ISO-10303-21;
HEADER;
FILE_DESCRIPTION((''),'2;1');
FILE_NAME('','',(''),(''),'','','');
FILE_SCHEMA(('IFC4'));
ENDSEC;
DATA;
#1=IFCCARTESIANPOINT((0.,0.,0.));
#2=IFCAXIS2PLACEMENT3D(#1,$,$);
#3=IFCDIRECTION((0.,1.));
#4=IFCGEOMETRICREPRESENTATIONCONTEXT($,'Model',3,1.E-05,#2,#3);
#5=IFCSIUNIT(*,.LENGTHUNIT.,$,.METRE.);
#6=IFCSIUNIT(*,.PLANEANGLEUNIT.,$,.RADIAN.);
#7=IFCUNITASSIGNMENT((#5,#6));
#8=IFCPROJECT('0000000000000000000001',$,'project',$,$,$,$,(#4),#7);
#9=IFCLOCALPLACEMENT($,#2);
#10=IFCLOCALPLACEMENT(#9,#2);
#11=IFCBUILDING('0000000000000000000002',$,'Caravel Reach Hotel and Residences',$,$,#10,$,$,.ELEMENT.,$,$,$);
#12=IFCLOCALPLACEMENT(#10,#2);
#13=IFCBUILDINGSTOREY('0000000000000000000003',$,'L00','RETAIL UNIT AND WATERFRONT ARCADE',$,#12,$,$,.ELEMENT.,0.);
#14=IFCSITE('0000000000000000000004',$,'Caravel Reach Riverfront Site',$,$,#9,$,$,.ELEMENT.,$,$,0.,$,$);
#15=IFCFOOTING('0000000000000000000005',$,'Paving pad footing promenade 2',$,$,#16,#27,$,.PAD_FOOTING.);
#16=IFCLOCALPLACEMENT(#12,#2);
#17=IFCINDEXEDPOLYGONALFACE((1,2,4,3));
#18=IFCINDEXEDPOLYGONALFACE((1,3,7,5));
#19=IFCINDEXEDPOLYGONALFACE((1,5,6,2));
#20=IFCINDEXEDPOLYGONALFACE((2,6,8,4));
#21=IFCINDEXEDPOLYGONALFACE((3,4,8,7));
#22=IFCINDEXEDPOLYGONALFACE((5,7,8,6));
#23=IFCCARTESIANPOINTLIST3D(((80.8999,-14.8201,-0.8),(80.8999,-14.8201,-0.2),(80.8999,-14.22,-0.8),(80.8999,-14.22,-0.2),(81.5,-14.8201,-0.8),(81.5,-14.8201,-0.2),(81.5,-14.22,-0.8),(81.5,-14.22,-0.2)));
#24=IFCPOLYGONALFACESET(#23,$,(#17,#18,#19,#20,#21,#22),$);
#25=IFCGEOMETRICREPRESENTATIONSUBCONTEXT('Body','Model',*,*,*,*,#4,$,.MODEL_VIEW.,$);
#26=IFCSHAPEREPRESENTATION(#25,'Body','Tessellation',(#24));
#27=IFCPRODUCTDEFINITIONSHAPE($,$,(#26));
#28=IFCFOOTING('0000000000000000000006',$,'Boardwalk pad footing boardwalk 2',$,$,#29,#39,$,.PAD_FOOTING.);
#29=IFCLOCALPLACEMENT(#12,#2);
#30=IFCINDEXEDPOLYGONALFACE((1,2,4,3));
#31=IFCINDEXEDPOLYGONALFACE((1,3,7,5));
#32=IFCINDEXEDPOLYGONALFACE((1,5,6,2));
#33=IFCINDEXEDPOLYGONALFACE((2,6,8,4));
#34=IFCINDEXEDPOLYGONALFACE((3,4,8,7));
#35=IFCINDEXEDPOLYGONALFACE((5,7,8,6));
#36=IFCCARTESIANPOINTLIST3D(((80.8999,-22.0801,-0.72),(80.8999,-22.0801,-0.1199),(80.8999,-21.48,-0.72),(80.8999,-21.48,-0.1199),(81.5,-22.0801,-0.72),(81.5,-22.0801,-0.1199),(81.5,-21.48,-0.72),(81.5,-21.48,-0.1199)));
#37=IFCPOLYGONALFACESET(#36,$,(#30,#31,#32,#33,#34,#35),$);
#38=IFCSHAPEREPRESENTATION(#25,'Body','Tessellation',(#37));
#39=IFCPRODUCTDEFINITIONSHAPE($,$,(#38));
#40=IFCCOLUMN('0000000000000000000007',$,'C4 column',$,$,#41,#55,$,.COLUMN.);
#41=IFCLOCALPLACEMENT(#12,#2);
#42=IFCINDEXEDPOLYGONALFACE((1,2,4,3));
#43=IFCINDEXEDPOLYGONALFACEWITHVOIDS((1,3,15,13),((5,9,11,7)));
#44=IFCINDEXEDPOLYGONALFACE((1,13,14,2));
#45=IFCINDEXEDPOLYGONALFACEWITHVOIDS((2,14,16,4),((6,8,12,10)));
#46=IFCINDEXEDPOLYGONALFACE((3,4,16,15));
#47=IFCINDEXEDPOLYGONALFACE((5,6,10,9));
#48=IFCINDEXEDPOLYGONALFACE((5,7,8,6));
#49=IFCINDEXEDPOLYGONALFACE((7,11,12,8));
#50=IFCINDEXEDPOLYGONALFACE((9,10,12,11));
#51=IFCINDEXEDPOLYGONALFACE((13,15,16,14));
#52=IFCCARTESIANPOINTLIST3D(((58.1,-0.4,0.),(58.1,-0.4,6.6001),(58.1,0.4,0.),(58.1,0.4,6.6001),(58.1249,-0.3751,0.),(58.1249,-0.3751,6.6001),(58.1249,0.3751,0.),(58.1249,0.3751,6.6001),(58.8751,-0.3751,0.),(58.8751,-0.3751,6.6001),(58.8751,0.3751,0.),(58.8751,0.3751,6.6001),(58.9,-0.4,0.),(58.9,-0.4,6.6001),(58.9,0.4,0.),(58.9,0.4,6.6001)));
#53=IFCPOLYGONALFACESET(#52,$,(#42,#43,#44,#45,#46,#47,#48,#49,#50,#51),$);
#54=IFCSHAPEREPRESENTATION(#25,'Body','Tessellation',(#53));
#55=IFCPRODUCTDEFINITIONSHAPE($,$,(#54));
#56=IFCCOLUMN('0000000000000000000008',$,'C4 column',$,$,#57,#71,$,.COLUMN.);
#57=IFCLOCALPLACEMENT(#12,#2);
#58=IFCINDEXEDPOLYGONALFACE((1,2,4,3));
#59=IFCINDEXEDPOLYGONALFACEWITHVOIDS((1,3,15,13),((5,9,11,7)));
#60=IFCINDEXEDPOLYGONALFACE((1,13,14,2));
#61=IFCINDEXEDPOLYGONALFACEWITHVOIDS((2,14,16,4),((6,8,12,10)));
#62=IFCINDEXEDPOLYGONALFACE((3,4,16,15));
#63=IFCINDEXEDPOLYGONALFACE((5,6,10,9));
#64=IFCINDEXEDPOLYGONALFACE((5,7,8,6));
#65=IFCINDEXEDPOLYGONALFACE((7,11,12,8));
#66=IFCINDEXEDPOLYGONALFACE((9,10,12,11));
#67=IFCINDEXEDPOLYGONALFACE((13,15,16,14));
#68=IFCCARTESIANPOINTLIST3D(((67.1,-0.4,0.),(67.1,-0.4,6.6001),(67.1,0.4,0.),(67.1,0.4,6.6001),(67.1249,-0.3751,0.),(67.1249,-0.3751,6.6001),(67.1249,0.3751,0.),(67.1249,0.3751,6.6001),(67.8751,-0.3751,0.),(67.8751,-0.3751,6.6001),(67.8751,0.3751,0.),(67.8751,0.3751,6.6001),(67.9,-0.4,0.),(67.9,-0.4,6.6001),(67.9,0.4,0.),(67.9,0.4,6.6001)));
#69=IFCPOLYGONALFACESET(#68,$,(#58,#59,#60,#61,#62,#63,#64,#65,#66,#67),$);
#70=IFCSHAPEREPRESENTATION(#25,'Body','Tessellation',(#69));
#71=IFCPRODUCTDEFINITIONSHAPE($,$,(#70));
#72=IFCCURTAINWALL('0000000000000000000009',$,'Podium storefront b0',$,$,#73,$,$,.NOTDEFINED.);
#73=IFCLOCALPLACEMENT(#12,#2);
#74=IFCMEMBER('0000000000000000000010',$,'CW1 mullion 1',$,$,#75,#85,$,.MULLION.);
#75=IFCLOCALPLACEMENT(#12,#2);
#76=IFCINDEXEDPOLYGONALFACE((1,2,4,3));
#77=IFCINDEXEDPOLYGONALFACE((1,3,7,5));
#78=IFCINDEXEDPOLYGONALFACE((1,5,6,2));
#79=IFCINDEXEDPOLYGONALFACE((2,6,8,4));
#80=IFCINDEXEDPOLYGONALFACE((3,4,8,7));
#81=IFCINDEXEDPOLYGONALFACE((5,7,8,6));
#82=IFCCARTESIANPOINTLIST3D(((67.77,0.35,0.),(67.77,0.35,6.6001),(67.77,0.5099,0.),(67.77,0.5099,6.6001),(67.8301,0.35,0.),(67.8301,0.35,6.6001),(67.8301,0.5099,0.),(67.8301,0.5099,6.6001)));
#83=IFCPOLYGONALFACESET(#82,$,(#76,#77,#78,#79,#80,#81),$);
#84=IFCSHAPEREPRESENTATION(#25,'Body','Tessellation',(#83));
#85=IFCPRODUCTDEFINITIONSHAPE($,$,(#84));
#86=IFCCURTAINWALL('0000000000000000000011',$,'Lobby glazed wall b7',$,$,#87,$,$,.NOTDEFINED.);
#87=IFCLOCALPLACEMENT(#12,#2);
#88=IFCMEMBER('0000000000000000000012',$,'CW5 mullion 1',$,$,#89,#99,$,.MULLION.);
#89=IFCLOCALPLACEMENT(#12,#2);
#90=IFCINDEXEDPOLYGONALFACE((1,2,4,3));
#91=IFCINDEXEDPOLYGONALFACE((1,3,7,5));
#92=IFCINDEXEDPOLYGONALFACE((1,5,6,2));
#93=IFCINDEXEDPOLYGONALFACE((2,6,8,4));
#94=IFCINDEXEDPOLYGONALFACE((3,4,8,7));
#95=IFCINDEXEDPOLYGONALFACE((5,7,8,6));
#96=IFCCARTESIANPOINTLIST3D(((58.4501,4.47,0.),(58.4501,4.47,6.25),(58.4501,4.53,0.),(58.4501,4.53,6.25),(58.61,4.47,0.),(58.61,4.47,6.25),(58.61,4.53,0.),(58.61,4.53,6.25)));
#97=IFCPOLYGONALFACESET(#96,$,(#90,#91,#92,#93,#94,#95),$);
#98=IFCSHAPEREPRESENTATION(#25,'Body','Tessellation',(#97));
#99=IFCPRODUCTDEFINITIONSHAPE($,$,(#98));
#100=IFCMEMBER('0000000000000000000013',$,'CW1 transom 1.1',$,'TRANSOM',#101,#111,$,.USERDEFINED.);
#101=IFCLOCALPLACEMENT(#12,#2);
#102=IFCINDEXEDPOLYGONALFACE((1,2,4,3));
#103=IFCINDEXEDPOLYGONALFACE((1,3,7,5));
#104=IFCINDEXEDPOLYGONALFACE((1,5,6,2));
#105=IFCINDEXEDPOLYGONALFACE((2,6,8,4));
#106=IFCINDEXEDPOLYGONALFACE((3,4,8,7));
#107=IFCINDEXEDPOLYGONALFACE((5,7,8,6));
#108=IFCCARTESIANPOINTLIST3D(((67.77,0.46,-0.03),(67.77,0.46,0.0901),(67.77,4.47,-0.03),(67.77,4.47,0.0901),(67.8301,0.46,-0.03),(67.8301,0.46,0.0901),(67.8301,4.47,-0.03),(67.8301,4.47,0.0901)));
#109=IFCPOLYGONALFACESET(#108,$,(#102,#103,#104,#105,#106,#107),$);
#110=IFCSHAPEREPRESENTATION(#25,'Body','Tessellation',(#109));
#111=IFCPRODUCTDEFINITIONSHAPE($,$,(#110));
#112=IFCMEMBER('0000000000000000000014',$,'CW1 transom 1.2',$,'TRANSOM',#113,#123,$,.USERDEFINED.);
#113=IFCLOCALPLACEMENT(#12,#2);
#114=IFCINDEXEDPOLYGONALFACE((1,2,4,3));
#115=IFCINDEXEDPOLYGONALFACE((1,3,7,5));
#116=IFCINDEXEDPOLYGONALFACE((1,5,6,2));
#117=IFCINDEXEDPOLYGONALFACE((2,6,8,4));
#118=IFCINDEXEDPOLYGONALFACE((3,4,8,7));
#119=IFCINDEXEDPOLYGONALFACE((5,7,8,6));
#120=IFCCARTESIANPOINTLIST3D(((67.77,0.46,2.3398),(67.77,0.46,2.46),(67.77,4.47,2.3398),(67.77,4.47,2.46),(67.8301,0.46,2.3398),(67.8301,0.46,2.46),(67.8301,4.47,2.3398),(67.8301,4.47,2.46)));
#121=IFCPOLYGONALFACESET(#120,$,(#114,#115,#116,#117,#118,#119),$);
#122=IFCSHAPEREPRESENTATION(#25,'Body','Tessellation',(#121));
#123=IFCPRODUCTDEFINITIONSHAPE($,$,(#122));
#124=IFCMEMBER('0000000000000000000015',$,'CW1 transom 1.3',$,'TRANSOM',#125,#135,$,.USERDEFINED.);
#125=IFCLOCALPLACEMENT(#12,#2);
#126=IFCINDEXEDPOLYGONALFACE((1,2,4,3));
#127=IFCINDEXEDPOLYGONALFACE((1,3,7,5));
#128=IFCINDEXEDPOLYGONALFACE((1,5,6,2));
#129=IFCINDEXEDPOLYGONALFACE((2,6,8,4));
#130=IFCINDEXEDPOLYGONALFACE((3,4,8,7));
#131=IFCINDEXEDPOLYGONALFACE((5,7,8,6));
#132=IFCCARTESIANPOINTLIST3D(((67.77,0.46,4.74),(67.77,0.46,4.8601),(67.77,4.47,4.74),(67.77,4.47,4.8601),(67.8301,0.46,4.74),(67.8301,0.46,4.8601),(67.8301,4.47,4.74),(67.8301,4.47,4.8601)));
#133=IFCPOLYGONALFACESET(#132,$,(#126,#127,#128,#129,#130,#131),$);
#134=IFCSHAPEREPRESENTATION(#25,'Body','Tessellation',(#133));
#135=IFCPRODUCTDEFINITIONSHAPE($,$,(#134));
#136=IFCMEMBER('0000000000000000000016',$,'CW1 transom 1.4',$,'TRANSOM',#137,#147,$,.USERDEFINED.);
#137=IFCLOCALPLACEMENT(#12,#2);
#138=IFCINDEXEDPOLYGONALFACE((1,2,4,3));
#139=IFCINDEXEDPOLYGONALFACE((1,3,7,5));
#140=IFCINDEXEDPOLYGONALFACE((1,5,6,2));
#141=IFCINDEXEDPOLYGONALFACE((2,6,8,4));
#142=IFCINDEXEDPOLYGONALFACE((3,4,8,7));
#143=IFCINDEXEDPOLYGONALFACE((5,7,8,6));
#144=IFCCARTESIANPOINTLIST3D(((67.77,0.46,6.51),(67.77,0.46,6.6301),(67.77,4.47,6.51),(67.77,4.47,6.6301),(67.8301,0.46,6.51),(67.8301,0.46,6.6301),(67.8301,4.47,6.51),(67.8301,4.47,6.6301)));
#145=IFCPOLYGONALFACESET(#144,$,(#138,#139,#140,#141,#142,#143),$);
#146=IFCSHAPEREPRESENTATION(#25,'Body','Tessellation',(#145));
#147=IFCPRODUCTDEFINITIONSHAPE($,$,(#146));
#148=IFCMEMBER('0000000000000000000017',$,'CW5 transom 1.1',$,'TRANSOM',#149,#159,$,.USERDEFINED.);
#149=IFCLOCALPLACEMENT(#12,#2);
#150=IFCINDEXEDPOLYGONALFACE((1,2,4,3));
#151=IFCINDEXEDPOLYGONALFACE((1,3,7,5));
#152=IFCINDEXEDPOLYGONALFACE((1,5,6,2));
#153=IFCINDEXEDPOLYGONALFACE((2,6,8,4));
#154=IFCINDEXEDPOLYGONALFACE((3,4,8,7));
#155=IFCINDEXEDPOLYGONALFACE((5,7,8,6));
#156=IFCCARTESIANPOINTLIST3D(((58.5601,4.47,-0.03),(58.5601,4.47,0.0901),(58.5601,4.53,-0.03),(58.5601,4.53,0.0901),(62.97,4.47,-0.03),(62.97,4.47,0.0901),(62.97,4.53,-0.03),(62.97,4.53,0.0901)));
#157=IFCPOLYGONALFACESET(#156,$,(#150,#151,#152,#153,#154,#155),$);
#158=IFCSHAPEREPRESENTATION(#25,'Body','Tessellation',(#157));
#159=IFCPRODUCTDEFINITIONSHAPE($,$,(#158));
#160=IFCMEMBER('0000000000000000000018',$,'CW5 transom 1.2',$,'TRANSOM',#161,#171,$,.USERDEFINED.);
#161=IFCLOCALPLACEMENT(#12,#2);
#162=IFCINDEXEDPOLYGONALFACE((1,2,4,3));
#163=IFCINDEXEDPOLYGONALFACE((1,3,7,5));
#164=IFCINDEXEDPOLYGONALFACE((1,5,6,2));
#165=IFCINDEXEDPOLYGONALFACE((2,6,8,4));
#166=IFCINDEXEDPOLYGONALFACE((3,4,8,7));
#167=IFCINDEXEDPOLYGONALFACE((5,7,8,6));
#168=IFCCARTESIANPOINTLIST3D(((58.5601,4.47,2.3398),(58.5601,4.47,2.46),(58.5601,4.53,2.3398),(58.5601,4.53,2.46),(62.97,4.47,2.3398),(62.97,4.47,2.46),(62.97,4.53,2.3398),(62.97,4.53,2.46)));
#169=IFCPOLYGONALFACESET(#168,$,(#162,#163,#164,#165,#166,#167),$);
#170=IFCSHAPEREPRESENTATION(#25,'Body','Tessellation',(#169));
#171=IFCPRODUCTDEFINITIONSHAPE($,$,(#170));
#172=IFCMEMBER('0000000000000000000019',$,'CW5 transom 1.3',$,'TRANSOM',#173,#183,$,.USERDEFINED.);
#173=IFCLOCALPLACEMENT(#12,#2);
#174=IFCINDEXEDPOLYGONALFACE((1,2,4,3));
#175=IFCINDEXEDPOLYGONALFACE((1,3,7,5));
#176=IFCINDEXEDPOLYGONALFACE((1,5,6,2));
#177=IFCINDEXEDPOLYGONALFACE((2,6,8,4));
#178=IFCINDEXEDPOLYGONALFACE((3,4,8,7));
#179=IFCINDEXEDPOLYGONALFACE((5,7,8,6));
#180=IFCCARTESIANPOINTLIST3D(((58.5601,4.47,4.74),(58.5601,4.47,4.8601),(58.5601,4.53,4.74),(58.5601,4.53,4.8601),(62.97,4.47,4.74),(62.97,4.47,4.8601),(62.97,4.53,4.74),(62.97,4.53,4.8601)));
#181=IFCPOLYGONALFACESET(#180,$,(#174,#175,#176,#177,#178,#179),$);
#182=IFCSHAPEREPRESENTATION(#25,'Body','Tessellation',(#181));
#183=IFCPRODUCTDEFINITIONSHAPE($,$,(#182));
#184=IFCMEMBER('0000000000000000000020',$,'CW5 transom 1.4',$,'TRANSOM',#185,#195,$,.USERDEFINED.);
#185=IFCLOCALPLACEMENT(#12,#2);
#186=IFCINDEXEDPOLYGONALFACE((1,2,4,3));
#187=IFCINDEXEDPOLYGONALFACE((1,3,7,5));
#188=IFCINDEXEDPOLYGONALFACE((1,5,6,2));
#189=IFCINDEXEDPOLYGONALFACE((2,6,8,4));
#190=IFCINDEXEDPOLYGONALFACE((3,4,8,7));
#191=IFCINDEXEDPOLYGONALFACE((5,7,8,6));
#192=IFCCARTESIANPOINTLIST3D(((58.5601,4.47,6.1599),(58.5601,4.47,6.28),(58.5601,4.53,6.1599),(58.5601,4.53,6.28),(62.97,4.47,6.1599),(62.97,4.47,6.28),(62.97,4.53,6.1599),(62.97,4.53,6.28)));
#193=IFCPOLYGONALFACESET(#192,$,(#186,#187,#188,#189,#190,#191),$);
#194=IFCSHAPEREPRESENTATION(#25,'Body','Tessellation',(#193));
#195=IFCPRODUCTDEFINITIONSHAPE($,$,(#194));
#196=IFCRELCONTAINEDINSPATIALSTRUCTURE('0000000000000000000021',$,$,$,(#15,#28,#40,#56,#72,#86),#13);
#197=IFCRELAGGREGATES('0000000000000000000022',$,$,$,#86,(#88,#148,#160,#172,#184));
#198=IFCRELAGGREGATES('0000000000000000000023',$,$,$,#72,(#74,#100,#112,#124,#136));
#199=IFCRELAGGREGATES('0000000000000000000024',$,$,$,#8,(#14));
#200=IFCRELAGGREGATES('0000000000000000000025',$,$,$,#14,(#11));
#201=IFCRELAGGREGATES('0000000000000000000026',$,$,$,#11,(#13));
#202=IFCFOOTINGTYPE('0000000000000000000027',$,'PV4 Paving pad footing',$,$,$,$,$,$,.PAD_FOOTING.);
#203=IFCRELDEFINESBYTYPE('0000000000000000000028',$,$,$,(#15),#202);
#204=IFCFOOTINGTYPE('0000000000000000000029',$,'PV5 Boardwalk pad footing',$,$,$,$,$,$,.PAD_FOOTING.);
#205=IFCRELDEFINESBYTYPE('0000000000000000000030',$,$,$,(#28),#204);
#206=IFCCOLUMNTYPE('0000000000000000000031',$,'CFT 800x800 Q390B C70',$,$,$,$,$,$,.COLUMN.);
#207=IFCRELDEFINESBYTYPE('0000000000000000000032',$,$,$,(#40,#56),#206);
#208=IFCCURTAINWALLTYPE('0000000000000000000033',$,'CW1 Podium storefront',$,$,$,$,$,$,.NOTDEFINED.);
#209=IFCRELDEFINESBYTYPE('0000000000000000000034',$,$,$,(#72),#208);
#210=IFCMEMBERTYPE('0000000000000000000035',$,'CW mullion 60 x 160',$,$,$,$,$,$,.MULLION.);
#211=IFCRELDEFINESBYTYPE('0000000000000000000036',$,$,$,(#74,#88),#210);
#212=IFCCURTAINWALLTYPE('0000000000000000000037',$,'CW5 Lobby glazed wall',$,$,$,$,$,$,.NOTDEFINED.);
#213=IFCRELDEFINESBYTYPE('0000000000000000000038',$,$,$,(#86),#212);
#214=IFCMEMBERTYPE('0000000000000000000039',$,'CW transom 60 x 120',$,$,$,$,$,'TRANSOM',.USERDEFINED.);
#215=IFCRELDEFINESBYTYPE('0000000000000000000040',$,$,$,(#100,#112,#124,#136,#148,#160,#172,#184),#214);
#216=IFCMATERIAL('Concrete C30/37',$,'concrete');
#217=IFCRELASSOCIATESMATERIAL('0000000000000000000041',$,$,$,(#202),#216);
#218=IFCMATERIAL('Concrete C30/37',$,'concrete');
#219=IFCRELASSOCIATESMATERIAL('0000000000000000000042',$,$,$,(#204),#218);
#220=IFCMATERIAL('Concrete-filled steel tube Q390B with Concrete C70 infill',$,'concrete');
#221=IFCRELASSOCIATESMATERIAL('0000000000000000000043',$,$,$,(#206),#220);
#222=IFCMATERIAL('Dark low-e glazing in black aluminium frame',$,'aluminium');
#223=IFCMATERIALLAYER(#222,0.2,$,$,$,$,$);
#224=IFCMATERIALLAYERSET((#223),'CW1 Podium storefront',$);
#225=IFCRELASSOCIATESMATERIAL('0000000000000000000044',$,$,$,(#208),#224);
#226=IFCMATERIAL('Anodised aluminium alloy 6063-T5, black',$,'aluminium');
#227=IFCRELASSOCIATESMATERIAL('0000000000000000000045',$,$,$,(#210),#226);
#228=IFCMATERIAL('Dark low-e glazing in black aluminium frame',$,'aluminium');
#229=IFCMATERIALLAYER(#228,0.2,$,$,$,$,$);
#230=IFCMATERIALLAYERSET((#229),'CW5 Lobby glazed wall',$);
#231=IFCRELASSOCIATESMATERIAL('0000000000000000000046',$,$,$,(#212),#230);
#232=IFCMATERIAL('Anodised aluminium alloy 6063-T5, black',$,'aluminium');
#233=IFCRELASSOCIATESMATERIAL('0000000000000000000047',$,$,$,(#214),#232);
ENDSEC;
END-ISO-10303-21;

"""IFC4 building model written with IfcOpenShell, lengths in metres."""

from ifc_helpers import new_model, si_unit, direction, frame, origin, origin_2d, place, context, subcontext, project, spatial, rectangle, hollow_rectangle, extrude, material, layer, layer_set, material_profile, profile_set, type_object, element, aggregate, save


model = new_model("IFC4")

# Units and contexts
model_context = context("Model", 3, precision=1e-05, world=origin(), true_north=direction((0.0, 1.0)))
body_context = subcontext(model_context, "Body", "Model", "MODEL_VIEW")
ifc_project = project(units=[si_unit("LENGTHUNIT", "METRE"), si_unit("PLANEANGLEUNIT", "RADIAN")], contexts=[model_context])

# Site, building, storey
site_placement = place(None, origin())
site = spatial("IfcSite", under=ifc_project, at=site_placement, Name="Caravel Reach Riverfront Site", CompositionType="ELEMENT", RefElevation=0.0)
building_placement = place(site_placement, origin())
building = spatial("IfcBuilding", under=site, at=building_placement, Name="Caravel Reach Hotel and Residences", CompositionType="ELEMENT")
storey_placement = place(building_placement, origin())
storey = spatial("IfcBuildingStorey", under=building, at=storey_placement, Name="L00", Description="RETAIL UNIT AND WATERFRONT ARCADE", CompositionType="ELEMENT", Elevation=0.0)

# Footings
ifc_material_1 = material(Name="Concrete C30/37", Category="concrete")
footing_type_1 = type_object("IfcFootingType", Name="PV4 Paving pad footing", PredefinedType="PAD_FOOTING", material=ifc_material_1)
footing_1_placement = place(storey_placement, frame((81.2, -14.52, -0.8), z_axis=(0.0, 0.0, 1.0), x_axis=(1.0, 0.0, 0.0)))
element("IfcFooting", 1, at=footing_1_placement, inside=storey, type_object=footing_type_1, Name="Paving pad footing promenade 2", PredefinedType="PAD_FOOTING", context=body_context, shape_type="SweptSolid", body=[
    extrude(rectangle(XDim=0.6001, YDim=0.6001, at=origin_2d()), origin(), (0.0, 0.0, 1.0), 0.6001),
])
ifc_material_2 = material(Name="Concrete C30/37", Category="concrete")
footing_type_2 = type_object("IfcFootingType", Name="PV5 Boardwalk pad footing", PredefinedType="PAD_FOOTING", material=ifc_material_2)
footing_2_placement = place(storey_placement, frame((81.2, -21.78, -0.72), z_axis=(0.0, 0.0, 1.0), x_axis=(1.0, 0.0, 0.0)))
element("IfcFooting", 2, at=footing_2_placement, inside=storey, type_object=footing_type_2, Name="Boardwalk pad footing boardwalk 2", PredefinedType="PAD_FOOTING", context=body_context, shape_type="SweptSolid", body=[
    extrude(rectangle(XDim=0.6001, YDim=0.6001, at=origin_2d()), origin(), (0.0, 0.0, 1.0), 0.6001),
])

# Columns
ifc_material_3 = material(Name="Concrete-filled steel tube Q390B with Concrete C70 infill", Category="concrete")
ifc_material_profile_1 = material_profile(ifc_material_3, hollow_rectangle(XDim=0.8, YDim=0.8, WallThickness=0.0249, at=origin_2d()), Name="RHS 800x800x25")
ifc_profile_set_1 = profile_set([ifc_material_profile_1], Name="Concrete-filled steel tube Q390B with Concrete C70 infill")
column_type = type_object("IfcColumnType", Name="CFT 800x800 Q390B C70", PredefinedType="COLUMN", material=ifc_profile_set_1)
for number, where, z_axis, x_axis, name in (
    (3, (58.5, 0.0, 0.0), (0.0, 0.0, 1.0), (1.0, 0.0, 0.0), "C4 column"),
    (4, (67.5, 0.0, 0.0), (0.0, 0.0, 1.0), (1.0, 0.0, 0.0), "C4 column"),
):
    element("IfcColumn", number, at=place(storey_placement, frame(where, z_axis=z_axis, x_axis=x_axis)), inside=storey, type_object=column_type, Name=name, PredefinedType="COLUMN", context=body_context, shape_type="SweptSolid", body=[
        extrude(hollow_rectangle(XDim=0.8, YDim=0.8, WallThickness=0.0249, at=origin_2d()), origin(), (0.0, 0.0, 1.0), 6.6001),
    ])

# Curtain walls, members
ifc_material_4 = material(Name="Dark low-e glazing in black aluminium frame", Category="aluminium")
ifc_layer_1 = layer(ifc_material_4, 0.2)
ifc_layer_set_1 = layer_set([ifc_layer_1], Name="CW1 Podium storefront")
curtain_wall_type_1 = type_object("IfcCurtainWallType", Name="CW1 Podium storefront", PredefinedType="NOTDEFINED", material=ifc_layer_set_1)
curtain_wall_1_placement = place(storey_placement, origin())
curtain_wall_1 = element("IfcCurtainWall", 5, at=curtain_wall_1_placement, inside=storey, type_object=curtain_wall_type_1, Name="Podium storefront b0", PredefinedType="NOTDEFINED")
ifc_material_5 = material(Name="Anodised aluminium alloy 6063-T5, black", Category="aluminium")
ifc_material_profile_2 = material_profile(ifc_material_5, rectangle(XDim=0.0601, YDim=0.1599, at=origin_2d()), Name="CW mullion 60 x 160")
ifc_profile_set_2 = profile_set([ifc_material_profile_2], Name="Anodised aluminium alloy 6063-T5, black")
member_type_1 = type_object("IfcMemberType", Name="CW mullion 60 x 160", PredefinedType="MULLION", material=ifc_profile_set_2)
member_1_placement = place(storey_placement, frame((67.8, 0.4299, 0.0), z_axis=(0.0, 0.0, 1.0), x_axis=(-1.0, 0.0, 0.0)))
member_1 = element("IfcMember", 6, at=member_1_placement, type_object=member_type_1, Name="CW1 mullion 1", PredefinedType="MULLION", context=body_context, shape_type="SweptSolid", body=[
    extrude(rectangle(XDim=0.0601, YDim=0.1599, at=origin_2d()), origin(), (0.0, 0.0, 1.0), 6.6001),
])
ifc_material_6 = material(Name="Dark low-e glazing in black aluminium frame", Category="aluminium")
ifc_layer_2 = layer(ifc_material_6, 0.2)
ifc_layer_set_2 = layer_set([ifc_layer_2], Name="CW5 Lobby glazed wall")
curtain_wall_type_2 = type_object("IfcCurtainWallType", Name="CW5 Lobby glazed wall", PredefinedType="NOTDEFINED", material=ifc_layer_set_2)
curtain_wall_2_placement = place(storey_placement, origin())
curtain_wall_2 = element("IfcCurtainWall", 7, at=curtain_wall_2_placement, inside=storey, type_object=curtain_wall_type_2, Name="Lobby glazed wall b7", PredefinedType="NOTDEFINED")
member_2_placement = place(storey_placement, frame((58.53, 4.5, 0.0), z_axis=(0.0, 0.0, 1.0), x_axis=(0.0, 1.0, 0.0)))
member_2 = element("IfcMember", 8, at=member_2_placement, type_object=member_type_1, Name="CW5 mullion 1", PredefinedType="MULLION", context=body_context, shape_type="SweptSolid", body=[
    extrude(rectangle(XDim=0.0601, YDim=0.1599, at=origin_2d()), origin(), (0.0, 0.0, 1.0), 6.25),
])

# Members
ifc_material_7 = material(Name="Anodised aluminium alloy 6063-T5, black", Category="aluminium")
ifc_material_profile_3 = material_profile(ifc_material_7, rectangle(XDim=0.0601, YDim=0.1201, at=origin_2d()), Name="CW transom 60 x 120")
ifc_profile_set_3 = profile_set([ifc_material_profile_3], Name="Anodised aluminium alloy 6063-T5, black")
member_type_2 = type_object("IfcMemberType", Name="CW transom 60 x 120", ElementType="TRANSOM", PredefinedType="USERDEFINED", material=ifc_profile_set_3)
member_3_placement = place(storey_placement, frame((67.8, 0.46, 0.03), z_axis=(0.0, 1.0, 0.0), x_axis=(-1.0, 0.0, 0.0)))
member_3 = element("IfcMember", 9, at=member_3_placement, type_object=member_type_2, Name="CW1 transom 1.1", ObjectType="TRANSOM", PredefinedType="USERDEFINED", context=body_context, shape_type="SweptSolid", body=[
    extrude(rectangle(XDim=0.0601, YDim=0.1201, at=origin_2d()), origin(), (0.0, 0.0, 1.0), 4.01),
])
member_4_placement = place(storey_placement, frame((67.8, 0.46, 2.3999), z_axis=(0.0, 1.0, 0.0), x_axis=(-1.0, 0.0, 0.0)))
member_4 = element("IfcMember", 10, at=member_4_placement, type_object=member_type_2, Name="CW1 transom 1.2", ObjectType="TRANSOM", PredefinedType="USERDEFINED", context=body_context, shape_type="SweptSolid", body=[
    extrude(rectangle(XDim=0.0601, YDim=0.1201, at=origin_2d()), origin(), (0.0, 0.0, 1.0), 4.01),
])
member_5_placement = place(storey_placement, frame((67.8, 0.46, 4.8), z_axis=(0.0, 1.0, 0.0), x_axis=(-1.0, 0.0, 0.0)))
member_5 = element("IfcMember", 11, at=member_5_placement, type_object=member_type_2, Name="CW1 transom 1.3", ObjectType="TRANSOM", PredefinedType="USERDEFINED", context=body_context, shape_type="SweptSolid", body=[
    extrude(rectangle(XDim=0.0601, YDim=0.1201, at=origin_2d()), origin(), (0.0, 0.0, 1.0), 4.01),
])
member_6_placement = place(storey_placement, frame((67.8, 0.46, 6.5701), z_axis=(0.0, 1.0, 0.0), x_axis=(-1.0, 0.0, 0.0)))
member_6 = element("IfcMember", 12, at=member_6_placement, type_object=member_type_2, Name="CW1 transom 1.4", ObjectType="TRANSOM", PredefinedType="USERDEFINED", context=body_context, shape_type="SweptSolid", body=[
    extrude(rectangle(XDim=0.0601, YDim=0.1201, at=origin_2d()), origin(), (0.0, 0.0, 1.0), 4.01),
])
member_7_placement = place(storey_placement, frame((58.5601, 4.5, 0.03), z_axis=(1.0, 0.0, 0.0), x_axis=(0.0, 1.0, 0.0)))
member_7 = element("IfcMember", 13, at=member_7_placement, type_object=member_type_2, Name="CW5 transom 1.1", ObjectType="TRANSOM", PredefinedType="USERDEFINED", context=body_context, shape_type="SweptSolid", body=[
    extrude(rectangle(XDim=0.0601, YDim=0.1201, at=origin_2d()), origin(), (0.0, 0.0, 1.0), 4.4099),
])
member_8_placement = place(storey_placement, frame((58.5601, 4.5, 2.3999), z_axis=(1.0, 0.0, 0.0), x_axis=(0.0, 1.0, 0.0)))
member_8 = element("IfcMember", 14, at=member_8_placement, type_object=member_type_2, Name="CW5 transom 1.2", ObjectType="TRANSOM", PredefinedType="USERDEFINED", context=body_context, shape_type="SweptSolid", body=[
    extrude(rectangle(XDim=0.0601, YDim=0.1201, at=origin_2d()), origin(), (0.0, 0.0, 1.0), 4.4099),
])
member_9_placement = place(storey_placement, frame((58.5601, 4.5, 4.8), z_axis=(1.0, 0.0, 0.0), x_axis=(0.0, 1.0, 0.0)))
member_9 = element("IfcMember", 15, at=member_9_placement, type_object=member_type_2, Name="CW5 transom 1.3", ObjectType="TRANSOM", PredefinedType="USERDEFINED", context=body_context, shape_type="SweptSolid", body=[
    extrude(rectangle(XDim=0.0601, YDim=0.1201, at=origin_2d()), origin(), (0.0, 0.0, 1.0), 4.4099),
])
member_10_placement = place(storey_placement, frame((58.5601, 4.5, 6.22), z_axis=(1.0, 0.0, 0.0), x_axis=(0.0, 1.0, 0.0)))
member_10 = element("IfcMember", 16, at=member_10_placement, type_object=member_type_2, Name="CW5 transom 1.4", ObjectType="TRANSOM", PredefinedType="USERDEFINED", context=body_context, shape_type="SweptSolid", body=[
    extrude(rectangle(XDim=0.0601, YDim=0.1201, at=origin_2d()), origin(), (0.0, 0.0, 1.0), 4.4099),
])
aggregate(curtain_wall_2, [member_2, member_7, member_8, member_9, member_10])

aggregate(curtain_wall_1, [member_1, member_3, member_4, member_5, member_6])

save(model, "model.ifc")
